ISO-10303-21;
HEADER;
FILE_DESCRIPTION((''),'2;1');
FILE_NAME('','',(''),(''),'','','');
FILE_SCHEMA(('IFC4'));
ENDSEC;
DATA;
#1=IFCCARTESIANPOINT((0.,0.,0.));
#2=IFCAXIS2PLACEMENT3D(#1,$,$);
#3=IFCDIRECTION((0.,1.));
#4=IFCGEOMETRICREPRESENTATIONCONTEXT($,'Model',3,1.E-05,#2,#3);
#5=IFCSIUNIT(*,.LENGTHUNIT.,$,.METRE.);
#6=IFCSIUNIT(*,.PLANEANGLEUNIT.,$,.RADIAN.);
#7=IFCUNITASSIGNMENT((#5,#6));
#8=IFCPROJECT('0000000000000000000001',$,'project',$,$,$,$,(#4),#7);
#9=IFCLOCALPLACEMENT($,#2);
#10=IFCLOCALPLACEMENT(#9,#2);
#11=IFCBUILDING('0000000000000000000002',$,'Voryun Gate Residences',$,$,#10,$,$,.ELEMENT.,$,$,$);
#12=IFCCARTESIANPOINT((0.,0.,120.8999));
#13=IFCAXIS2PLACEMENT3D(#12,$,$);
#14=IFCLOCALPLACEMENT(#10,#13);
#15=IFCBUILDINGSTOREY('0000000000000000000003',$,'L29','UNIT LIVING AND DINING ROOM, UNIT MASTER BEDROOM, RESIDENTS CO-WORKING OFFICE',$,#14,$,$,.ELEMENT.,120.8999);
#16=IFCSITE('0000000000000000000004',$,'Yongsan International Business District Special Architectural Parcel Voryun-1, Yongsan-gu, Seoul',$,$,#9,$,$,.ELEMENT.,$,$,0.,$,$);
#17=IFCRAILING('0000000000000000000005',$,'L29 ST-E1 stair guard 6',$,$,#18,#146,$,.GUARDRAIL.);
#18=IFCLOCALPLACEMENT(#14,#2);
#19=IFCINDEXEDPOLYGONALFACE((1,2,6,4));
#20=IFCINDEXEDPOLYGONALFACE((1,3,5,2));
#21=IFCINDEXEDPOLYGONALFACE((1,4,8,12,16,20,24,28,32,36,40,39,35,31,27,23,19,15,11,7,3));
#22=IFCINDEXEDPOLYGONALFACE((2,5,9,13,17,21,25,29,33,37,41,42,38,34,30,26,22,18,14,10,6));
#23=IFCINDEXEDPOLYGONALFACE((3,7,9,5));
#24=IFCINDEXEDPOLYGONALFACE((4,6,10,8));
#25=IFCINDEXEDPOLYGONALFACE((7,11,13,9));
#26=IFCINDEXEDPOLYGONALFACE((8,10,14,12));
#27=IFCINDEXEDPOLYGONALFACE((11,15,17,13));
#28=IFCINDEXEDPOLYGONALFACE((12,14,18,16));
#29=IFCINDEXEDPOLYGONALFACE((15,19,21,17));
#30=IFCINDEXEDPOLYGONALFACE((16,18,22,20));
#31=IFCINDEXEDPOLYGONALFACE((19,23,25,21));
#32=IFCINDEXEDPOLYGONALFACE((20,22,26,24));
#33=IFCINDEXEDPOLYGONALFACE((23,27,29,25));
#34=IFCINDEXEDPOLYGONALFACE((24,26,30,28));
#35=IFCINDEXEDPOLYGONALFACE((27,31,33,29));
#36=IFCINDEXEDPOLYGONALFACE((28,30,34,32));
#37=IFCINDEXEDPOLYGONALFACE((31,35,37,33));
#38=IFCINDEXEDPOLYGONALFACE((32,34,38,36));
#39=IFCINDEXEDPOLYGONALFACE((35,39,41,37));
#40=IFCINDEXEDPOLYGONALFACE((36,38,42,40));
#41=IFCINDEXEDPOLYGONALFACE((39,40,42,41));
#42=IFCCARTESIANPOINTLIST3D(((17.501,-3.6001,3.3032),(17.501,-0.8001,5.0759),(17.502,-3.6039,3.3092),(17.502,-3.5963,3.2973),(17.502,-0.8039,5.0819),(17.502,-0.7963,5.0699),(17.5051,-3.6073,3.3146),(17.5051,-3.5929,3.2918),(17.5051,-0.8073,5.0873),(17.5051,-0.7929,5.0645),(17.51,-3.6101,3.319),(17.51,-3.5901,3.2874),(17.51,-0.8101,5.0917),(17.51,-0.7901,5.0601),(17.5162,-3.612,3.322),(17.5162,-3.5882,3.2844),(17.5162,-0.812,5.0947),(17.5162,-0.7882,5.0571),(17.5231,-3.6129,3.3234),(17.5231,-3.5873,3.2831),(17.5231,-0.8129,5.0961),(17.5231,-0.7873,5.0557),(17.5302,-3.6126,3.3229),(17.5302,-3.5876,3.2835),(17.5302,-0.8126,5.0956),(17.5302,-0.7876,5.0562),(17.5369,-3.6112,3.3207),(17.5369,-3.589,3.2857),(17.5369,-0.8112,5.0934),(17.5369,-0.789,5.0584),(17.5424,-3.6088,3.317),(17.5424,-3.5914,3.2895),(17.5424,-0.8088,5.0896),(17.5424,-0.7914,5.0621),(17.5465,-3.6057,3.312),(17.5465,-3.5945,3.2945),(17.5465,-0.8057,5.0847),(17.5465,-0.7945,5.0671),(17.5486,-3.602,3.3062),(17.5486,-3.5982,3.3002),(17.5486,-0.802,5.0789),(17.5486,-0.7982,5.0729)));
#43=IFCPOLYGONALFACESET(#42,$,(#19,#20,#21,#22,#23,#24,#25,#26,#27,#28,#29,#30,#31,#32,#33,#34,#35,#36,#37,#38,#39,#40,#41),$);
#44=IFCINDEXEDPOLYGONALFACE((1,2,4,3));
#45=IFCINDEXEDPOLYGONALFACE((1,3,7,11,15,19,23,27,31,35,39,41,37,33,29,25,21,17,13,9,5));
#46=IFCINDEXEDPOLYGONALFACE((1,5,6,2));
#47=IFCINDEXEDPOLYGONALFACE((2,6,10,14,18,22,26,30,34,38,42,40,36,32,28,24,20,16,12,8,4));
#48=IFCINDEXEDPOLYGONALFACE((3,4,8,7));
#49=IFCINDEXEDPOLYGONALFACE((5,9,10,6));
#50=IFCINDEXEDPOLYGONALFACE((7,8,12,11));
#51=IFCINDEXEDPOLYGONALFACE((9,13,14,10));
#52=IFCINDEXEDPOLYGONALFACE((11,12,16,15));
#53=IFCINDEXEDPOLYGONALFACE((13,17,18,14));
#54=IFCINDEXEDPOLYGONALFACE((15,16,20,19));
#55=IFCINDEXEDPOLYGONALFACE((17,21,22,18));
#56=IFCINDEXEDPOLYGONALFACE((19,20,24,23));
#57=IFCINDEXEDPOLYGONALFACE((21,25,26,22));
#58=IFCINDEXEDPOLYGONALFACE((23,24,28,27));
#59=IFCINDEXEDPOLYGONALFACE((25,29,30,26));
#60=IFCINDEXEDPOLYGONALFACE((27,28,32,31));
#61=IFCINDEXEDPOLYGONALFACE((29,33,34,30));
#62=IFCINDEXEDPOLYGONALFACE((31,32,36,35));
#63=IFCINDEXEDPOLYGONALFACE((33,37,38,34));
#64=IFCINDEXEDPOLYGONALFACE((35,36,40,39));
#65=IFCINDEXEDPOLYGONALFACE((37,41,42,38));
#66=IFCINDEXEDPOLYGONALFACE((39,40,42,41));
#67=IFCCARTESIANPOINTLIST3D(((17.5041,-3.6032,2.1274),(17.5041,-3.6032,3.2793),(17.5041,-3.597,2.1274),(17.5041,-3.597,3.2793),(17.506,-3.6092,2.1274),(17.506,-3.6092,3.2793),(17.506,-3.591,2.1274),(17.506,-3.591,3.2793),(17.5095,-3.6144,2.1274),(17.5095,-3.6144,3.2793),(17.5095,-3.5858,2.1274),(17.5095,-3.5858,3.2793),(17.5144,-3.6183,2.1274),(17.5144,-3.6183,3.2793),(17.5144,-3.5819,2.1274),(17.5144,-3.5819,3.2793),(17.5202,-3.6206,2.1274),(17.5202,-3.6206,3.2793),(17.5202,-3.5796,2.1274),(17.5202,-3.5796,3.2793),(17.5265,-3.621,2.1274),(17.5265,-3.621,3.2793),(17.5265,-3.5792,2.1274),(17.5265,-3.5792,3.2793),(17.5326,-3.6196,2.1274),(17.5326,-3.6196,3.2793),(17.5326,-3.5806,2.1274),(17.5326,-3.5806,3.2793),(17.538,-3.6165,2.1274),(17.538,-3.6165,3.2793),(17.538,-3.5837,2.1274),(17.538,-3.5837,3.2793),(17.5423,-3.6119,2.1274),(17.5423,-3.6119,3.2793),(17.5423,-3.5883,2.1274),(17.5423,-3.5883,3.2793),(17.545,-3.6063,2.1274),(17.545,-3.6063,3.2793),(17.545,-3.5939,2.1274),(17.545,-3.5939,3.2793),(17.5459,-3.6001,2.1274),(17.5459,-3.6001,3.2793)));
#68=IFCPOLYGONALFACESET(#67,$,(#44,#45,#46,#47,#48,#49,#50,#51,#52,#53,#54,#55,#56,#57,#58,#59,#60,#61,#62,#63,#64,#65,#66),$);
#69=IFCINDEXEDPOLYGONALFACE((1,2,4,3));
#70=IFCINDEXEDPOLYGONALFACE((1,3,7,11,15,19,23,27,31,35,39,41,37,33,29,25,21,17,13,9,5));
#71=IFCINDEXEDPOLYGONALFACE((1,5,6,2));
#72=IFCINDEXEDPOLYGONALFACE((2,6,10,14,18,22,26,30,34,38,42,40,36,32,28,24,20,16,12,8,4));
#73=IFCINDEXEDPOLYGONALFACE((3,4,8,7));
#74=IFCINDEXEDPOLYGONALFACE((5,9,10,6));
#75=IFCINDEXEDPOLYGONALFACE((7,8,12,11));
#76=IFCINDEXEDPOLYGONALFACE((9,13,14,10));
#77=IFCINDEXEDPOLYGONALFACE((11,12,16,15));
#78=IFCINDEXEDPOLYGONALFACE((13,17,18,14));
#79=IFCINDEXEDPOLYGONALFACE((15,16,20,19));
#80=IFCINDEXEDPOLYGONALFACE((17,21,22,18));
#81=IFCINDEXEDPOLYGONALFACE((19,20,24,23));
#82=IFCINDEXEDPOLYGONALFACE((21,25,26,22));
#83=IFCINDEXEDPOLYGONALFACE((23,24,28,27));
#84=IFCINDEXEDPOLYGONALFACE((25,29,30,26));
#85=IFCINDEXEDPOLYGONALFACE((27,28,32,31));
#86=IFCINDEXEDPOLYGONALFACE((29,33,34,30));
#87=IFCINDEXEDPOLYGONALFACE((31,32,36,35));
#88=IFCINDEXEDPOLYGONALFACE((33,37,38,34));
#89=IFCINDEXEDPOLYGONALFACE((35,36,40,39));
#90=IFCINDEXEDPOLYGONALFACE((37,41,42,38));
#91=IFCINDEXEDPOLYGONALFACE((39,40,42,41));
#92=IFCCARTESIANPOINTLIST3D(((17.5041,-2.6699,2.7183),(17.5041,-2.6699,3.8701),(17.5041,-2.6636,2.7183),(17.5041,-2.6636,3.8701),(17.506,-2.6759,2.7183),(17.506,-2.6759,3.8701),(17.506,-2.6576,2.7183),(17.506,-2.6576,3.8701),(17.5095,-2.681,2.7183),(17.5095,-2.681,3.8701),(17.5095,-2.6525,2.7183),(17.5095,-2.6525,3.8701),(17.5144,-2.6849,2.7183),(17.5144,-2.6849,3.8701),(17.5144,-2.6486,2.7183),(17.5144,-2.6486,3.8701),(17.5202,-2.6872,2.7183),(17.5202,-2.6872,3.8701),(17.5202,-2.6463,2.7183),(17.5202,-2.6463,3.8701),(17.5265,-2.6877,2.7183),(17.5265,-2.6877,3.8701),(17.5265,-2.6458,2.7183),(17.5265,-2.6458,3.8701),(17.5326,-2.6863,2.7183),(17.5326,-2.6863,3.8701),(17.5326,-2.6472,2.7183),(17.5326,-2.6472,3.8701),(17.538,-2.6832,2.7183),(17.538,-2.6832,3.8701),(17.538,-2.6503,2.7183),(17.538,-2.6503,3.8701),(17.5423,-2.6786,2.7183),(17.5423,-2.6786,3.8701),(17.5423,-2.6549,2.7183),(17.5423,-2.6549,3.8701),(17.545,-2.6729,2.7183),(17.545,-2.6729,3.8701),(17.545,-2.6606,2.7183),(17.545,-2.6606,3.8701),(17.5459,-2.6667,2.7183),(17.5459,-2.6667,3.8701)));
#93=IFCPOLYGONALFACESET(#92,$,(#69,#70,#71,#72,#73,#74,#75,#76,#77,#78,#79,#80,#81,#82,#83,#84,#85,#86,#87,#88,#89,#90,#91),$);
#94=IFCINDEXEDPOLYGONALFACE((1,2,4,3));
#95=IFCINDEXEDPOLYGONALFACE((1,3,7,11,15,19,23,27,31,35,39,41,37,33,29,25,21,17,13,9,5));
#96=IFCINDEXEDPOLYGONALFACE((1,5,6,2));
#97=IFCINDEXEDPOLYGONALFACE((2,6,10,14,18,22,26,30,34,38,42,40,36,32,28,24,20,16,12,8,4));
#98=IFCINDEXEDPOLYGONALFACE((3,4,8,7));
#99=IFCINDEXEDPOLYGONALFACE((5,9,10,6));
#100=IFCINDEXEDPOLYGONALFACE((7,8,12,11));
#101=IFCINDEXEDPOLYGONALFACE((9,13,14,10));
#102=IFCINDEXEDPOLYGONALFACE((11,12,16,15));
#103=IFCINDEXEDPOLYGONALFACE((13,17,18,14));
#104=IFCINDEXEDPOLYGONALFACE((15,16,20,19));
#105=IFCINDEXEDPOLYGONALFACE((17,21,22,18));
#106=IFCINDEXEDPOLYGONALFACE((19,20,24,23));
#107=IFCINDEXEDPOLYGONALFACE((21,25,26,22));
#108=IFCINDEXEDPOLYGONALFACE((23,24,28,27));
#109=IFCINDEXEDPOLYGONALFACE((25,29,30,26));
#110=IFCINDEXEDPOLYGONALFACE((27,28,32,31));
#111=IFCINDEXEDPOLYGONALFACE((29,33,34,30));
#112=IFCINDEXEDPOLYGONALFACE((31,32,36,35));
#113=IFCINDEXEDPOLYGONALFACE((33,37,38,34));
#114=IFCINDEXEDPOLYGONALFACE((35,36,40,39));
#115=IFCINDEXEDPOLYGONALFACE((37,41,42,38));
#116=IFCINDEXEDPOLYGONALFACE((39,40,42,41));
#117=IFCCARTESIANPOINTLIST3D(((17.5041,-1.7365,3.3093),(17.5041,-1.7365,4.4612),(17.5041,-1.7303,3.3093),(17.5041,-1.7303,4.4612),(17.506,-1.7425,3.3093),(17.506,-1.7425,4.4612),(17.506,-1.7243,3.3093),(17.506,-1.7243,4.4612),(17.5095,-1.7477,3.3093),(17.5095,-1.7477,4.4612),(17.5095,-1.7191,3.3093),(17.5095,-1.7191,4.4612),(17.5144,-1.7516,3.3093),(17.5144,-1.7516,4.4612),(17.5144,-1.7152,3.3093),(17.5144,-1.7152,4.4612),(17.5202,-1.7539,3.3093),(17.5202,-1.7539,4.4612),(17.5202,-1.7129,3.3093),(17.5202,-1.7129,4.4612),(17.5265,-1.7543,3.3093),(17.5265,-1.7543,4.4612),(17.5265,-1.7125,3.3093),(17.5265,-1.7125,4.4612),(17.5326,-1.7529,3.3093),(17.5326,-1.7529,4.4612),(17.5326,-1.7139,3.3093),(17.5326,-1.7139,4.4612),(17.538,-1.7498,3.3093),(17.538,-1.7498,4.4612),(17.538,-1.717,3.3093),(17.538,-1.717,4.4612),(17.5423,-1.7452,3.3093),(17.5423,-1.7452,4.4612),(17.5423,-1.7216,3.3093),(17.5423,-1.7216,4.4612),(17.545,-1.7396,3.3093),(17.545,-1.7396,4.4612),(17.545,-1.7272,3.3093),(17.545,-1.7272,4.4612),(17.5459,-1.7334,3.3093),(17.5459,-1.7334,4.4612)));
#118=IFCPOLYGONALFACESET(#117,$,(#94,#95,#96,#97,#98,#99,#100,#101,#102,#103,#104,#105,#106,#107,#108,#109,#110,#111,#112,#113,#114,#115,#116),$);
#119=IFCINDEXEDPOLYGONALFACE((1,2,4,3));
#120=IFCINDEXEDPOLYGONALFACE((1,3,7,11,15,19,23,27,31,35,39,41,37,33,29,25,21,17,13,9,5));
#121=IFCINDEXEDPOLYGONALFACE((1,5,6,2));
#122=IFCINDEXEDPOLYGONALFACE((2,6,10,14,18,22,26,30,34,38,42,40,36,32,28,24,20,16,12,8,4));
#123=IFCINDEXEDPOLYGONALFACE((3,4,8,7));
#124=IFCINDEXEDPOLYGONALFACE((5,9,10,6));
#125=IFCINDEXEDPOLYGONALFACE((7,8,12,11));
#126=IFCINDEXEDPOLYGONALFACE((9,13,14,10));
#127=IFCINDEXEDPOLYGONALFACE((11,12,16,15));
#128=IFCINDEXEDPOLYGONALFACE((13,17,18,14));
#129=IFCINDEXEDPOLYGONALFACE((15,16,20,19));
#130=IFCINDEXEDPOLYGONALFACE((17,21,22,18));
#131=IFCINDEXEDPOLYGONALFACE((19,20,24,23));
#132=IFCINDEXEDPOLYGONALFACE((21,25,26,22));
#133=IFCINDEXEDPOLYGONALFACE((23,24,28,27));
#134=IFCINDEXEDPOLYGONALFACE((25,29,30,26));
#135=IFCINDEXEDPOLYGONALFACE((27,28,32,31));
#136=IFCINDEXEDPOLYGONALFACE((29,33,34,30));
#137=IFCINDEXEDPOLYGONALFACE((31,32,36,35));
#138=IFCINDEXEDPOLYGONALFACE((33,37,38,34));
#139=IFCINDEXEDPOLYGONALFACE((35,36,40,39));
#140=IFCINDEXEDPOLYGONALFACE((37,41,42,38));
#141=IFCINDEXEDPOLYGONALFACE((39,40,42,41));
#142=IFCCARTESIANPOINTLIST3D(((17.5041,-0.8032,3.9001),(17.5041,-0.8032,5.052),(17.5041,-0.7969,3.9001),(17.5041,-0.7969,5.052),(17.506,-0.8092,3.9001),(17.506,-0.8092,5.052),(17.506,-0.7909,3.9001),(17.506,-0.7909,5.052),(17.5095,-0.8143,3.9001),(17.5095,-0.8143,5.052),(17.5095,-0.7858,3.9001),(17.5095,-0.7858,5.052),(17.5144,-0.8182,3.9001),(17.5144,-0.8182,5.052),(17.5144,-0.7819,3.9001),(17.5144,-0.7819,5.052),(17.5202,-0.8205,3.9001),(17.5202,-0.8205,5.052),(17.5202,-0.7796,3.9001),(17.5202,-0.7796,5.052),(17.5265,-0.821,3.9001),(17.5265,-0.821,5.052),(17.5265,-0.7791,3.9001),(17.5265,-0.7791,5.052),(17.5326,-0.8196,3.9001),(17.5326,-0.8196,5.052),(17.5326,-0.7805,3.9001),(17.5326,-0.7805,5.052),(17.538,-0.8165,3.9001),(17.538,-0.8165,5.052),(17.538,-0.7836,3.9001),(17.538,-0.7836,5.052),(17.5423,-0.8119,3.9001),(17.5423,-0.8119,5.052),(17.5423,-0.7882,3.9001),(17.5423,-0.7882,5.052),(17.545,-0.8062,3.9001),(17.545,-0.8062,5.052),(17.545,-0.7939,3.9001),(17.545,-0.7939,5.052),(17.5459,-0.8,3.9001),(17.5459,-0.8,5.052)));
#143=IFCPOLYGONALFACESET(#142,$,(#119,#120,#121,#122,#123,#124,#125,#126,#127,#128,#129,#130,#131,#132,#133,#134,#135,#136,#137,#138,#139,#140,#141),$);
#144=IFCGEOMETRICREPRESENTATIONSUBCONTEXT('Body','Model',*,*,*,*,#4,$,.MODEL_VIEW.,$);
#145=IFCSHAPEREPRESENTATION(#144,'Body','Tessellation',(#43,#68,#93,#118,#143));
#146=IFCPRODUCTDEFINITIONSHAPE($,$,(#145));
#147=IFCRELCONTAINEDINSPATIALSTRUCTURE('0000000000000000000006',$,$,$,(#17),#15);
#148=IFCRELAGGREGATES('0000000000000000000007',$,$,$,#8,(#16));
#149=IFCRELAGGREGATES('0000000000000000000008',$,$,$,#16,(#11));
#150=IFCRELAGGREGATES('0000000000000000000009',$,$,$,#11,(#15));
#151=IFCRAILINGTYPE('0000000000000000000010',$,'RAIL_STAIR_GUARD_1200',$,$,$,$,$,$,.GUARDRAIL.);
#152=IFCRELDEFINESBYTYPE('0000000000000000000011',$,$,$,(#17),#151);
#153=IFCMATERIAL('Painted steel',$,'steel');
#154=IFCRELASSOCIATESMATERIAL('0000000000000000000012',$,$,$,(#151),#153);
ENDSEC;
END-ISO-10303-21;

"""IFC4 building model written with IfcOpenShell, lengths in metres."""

from ifc_helpers import new_model, si_unit, direction, frame, origin, origin_2d, place, context, subcontext, project, spatial, circle, extrude, material, type_object, element, save


model = new_model("IFC4")

# Units and contexts
model_context = context("Model", 3, precision=1e-05, world=origin(), true_north=direction((0.0, 1.0)))
body_context = subcontext(model_context, "Body", "Model", "MODEL_VIEW")
ifc_project = project(units=[si_unit("LENGTHUNIT", "METRE"), si_unit("PLANEANGLEUNIT", "RADIAN")], contexts=[model_context])

# Site, building, storey
site_placement = place(None, origin())
site = spatial("IfcSite", under=ifc_project, at=site_placement, Name="Yongsan International Business District Special Architectural Parcel Voryun-1, Yongsan-gu, Seoul", CompositionType="ELEMENT", RefElevation=0.0)
building_placement = place(site_placement, origin())
building = spatial("IfcBuilding", under=site, at=building_placement, Name="Voryun Gate Residences", CompositionType="ELEMENT")
storey_placement = place(building_placement, frame((0.0, 0.0, 120.8999)))
storey = spatial("IfcBuildingStorey", under=building, at=storey_placement, Name="L29", Description="UNIT LIVING AND DINING ROOM, UNIT MASTER BEDROOM, RESIDENTS CO-WORKING OFFICE", CompositionType="ELEMENT", Elevation=120.8999)

# Railing
ifc_material_1 = material(Name="Painted steel", Category="steel")
railing_type_1 = type_object("IfcRailingType", Name="RAIL_STAIR_GUARD_1200", PredefinedType="GUARDRAIL", material=ifc_material_1)
railing_1_placement = place(storey_placement, frame((17.5249, -3.6001, 2.1274)))
element("IfcRailing", 1, at=railing_1_placement, inside=storey, type_object=railing_type_1, Name="L29 ST-E1 stair guard 6", PredefinedType="GUARDRAIL", context=body_context, shape_type="SweptSolid", body=[
    extrude(circle(Radius=0.0239, at=origin_2d()), frame((0.0, 0.0, 1.1758), z_axis=(0.0, 0.844909, 0.53491), x_axis=(-1.0, 0.0, 0.0)), (0.0, 0.0, 1.0), 3.314),
    extrude(circle(Radius=0.021, at=origin_2d()), origin(), (0.0, 0.0, 1.0), 1.1519),
    extrude(circle(Radius=0.021, at=origin_2d()), frame((0.0, 0.9333, 0.5908)), (0.0, 0.0, 1.0), 1.1519),
    extrude(circle(Radius=0.021, at=origin_2d()), frame((0.0, 1.8667, 1.1819)), (0.0, 0.0, 1.0), 1.1519),
    extrude(circle(Radius=0.021, at=origin_2d()), frame((0.0, 2.8, 1.7727)), (0.0, 0.0, 1.0), 1.1519),
])

save(model, "model.ifc")
